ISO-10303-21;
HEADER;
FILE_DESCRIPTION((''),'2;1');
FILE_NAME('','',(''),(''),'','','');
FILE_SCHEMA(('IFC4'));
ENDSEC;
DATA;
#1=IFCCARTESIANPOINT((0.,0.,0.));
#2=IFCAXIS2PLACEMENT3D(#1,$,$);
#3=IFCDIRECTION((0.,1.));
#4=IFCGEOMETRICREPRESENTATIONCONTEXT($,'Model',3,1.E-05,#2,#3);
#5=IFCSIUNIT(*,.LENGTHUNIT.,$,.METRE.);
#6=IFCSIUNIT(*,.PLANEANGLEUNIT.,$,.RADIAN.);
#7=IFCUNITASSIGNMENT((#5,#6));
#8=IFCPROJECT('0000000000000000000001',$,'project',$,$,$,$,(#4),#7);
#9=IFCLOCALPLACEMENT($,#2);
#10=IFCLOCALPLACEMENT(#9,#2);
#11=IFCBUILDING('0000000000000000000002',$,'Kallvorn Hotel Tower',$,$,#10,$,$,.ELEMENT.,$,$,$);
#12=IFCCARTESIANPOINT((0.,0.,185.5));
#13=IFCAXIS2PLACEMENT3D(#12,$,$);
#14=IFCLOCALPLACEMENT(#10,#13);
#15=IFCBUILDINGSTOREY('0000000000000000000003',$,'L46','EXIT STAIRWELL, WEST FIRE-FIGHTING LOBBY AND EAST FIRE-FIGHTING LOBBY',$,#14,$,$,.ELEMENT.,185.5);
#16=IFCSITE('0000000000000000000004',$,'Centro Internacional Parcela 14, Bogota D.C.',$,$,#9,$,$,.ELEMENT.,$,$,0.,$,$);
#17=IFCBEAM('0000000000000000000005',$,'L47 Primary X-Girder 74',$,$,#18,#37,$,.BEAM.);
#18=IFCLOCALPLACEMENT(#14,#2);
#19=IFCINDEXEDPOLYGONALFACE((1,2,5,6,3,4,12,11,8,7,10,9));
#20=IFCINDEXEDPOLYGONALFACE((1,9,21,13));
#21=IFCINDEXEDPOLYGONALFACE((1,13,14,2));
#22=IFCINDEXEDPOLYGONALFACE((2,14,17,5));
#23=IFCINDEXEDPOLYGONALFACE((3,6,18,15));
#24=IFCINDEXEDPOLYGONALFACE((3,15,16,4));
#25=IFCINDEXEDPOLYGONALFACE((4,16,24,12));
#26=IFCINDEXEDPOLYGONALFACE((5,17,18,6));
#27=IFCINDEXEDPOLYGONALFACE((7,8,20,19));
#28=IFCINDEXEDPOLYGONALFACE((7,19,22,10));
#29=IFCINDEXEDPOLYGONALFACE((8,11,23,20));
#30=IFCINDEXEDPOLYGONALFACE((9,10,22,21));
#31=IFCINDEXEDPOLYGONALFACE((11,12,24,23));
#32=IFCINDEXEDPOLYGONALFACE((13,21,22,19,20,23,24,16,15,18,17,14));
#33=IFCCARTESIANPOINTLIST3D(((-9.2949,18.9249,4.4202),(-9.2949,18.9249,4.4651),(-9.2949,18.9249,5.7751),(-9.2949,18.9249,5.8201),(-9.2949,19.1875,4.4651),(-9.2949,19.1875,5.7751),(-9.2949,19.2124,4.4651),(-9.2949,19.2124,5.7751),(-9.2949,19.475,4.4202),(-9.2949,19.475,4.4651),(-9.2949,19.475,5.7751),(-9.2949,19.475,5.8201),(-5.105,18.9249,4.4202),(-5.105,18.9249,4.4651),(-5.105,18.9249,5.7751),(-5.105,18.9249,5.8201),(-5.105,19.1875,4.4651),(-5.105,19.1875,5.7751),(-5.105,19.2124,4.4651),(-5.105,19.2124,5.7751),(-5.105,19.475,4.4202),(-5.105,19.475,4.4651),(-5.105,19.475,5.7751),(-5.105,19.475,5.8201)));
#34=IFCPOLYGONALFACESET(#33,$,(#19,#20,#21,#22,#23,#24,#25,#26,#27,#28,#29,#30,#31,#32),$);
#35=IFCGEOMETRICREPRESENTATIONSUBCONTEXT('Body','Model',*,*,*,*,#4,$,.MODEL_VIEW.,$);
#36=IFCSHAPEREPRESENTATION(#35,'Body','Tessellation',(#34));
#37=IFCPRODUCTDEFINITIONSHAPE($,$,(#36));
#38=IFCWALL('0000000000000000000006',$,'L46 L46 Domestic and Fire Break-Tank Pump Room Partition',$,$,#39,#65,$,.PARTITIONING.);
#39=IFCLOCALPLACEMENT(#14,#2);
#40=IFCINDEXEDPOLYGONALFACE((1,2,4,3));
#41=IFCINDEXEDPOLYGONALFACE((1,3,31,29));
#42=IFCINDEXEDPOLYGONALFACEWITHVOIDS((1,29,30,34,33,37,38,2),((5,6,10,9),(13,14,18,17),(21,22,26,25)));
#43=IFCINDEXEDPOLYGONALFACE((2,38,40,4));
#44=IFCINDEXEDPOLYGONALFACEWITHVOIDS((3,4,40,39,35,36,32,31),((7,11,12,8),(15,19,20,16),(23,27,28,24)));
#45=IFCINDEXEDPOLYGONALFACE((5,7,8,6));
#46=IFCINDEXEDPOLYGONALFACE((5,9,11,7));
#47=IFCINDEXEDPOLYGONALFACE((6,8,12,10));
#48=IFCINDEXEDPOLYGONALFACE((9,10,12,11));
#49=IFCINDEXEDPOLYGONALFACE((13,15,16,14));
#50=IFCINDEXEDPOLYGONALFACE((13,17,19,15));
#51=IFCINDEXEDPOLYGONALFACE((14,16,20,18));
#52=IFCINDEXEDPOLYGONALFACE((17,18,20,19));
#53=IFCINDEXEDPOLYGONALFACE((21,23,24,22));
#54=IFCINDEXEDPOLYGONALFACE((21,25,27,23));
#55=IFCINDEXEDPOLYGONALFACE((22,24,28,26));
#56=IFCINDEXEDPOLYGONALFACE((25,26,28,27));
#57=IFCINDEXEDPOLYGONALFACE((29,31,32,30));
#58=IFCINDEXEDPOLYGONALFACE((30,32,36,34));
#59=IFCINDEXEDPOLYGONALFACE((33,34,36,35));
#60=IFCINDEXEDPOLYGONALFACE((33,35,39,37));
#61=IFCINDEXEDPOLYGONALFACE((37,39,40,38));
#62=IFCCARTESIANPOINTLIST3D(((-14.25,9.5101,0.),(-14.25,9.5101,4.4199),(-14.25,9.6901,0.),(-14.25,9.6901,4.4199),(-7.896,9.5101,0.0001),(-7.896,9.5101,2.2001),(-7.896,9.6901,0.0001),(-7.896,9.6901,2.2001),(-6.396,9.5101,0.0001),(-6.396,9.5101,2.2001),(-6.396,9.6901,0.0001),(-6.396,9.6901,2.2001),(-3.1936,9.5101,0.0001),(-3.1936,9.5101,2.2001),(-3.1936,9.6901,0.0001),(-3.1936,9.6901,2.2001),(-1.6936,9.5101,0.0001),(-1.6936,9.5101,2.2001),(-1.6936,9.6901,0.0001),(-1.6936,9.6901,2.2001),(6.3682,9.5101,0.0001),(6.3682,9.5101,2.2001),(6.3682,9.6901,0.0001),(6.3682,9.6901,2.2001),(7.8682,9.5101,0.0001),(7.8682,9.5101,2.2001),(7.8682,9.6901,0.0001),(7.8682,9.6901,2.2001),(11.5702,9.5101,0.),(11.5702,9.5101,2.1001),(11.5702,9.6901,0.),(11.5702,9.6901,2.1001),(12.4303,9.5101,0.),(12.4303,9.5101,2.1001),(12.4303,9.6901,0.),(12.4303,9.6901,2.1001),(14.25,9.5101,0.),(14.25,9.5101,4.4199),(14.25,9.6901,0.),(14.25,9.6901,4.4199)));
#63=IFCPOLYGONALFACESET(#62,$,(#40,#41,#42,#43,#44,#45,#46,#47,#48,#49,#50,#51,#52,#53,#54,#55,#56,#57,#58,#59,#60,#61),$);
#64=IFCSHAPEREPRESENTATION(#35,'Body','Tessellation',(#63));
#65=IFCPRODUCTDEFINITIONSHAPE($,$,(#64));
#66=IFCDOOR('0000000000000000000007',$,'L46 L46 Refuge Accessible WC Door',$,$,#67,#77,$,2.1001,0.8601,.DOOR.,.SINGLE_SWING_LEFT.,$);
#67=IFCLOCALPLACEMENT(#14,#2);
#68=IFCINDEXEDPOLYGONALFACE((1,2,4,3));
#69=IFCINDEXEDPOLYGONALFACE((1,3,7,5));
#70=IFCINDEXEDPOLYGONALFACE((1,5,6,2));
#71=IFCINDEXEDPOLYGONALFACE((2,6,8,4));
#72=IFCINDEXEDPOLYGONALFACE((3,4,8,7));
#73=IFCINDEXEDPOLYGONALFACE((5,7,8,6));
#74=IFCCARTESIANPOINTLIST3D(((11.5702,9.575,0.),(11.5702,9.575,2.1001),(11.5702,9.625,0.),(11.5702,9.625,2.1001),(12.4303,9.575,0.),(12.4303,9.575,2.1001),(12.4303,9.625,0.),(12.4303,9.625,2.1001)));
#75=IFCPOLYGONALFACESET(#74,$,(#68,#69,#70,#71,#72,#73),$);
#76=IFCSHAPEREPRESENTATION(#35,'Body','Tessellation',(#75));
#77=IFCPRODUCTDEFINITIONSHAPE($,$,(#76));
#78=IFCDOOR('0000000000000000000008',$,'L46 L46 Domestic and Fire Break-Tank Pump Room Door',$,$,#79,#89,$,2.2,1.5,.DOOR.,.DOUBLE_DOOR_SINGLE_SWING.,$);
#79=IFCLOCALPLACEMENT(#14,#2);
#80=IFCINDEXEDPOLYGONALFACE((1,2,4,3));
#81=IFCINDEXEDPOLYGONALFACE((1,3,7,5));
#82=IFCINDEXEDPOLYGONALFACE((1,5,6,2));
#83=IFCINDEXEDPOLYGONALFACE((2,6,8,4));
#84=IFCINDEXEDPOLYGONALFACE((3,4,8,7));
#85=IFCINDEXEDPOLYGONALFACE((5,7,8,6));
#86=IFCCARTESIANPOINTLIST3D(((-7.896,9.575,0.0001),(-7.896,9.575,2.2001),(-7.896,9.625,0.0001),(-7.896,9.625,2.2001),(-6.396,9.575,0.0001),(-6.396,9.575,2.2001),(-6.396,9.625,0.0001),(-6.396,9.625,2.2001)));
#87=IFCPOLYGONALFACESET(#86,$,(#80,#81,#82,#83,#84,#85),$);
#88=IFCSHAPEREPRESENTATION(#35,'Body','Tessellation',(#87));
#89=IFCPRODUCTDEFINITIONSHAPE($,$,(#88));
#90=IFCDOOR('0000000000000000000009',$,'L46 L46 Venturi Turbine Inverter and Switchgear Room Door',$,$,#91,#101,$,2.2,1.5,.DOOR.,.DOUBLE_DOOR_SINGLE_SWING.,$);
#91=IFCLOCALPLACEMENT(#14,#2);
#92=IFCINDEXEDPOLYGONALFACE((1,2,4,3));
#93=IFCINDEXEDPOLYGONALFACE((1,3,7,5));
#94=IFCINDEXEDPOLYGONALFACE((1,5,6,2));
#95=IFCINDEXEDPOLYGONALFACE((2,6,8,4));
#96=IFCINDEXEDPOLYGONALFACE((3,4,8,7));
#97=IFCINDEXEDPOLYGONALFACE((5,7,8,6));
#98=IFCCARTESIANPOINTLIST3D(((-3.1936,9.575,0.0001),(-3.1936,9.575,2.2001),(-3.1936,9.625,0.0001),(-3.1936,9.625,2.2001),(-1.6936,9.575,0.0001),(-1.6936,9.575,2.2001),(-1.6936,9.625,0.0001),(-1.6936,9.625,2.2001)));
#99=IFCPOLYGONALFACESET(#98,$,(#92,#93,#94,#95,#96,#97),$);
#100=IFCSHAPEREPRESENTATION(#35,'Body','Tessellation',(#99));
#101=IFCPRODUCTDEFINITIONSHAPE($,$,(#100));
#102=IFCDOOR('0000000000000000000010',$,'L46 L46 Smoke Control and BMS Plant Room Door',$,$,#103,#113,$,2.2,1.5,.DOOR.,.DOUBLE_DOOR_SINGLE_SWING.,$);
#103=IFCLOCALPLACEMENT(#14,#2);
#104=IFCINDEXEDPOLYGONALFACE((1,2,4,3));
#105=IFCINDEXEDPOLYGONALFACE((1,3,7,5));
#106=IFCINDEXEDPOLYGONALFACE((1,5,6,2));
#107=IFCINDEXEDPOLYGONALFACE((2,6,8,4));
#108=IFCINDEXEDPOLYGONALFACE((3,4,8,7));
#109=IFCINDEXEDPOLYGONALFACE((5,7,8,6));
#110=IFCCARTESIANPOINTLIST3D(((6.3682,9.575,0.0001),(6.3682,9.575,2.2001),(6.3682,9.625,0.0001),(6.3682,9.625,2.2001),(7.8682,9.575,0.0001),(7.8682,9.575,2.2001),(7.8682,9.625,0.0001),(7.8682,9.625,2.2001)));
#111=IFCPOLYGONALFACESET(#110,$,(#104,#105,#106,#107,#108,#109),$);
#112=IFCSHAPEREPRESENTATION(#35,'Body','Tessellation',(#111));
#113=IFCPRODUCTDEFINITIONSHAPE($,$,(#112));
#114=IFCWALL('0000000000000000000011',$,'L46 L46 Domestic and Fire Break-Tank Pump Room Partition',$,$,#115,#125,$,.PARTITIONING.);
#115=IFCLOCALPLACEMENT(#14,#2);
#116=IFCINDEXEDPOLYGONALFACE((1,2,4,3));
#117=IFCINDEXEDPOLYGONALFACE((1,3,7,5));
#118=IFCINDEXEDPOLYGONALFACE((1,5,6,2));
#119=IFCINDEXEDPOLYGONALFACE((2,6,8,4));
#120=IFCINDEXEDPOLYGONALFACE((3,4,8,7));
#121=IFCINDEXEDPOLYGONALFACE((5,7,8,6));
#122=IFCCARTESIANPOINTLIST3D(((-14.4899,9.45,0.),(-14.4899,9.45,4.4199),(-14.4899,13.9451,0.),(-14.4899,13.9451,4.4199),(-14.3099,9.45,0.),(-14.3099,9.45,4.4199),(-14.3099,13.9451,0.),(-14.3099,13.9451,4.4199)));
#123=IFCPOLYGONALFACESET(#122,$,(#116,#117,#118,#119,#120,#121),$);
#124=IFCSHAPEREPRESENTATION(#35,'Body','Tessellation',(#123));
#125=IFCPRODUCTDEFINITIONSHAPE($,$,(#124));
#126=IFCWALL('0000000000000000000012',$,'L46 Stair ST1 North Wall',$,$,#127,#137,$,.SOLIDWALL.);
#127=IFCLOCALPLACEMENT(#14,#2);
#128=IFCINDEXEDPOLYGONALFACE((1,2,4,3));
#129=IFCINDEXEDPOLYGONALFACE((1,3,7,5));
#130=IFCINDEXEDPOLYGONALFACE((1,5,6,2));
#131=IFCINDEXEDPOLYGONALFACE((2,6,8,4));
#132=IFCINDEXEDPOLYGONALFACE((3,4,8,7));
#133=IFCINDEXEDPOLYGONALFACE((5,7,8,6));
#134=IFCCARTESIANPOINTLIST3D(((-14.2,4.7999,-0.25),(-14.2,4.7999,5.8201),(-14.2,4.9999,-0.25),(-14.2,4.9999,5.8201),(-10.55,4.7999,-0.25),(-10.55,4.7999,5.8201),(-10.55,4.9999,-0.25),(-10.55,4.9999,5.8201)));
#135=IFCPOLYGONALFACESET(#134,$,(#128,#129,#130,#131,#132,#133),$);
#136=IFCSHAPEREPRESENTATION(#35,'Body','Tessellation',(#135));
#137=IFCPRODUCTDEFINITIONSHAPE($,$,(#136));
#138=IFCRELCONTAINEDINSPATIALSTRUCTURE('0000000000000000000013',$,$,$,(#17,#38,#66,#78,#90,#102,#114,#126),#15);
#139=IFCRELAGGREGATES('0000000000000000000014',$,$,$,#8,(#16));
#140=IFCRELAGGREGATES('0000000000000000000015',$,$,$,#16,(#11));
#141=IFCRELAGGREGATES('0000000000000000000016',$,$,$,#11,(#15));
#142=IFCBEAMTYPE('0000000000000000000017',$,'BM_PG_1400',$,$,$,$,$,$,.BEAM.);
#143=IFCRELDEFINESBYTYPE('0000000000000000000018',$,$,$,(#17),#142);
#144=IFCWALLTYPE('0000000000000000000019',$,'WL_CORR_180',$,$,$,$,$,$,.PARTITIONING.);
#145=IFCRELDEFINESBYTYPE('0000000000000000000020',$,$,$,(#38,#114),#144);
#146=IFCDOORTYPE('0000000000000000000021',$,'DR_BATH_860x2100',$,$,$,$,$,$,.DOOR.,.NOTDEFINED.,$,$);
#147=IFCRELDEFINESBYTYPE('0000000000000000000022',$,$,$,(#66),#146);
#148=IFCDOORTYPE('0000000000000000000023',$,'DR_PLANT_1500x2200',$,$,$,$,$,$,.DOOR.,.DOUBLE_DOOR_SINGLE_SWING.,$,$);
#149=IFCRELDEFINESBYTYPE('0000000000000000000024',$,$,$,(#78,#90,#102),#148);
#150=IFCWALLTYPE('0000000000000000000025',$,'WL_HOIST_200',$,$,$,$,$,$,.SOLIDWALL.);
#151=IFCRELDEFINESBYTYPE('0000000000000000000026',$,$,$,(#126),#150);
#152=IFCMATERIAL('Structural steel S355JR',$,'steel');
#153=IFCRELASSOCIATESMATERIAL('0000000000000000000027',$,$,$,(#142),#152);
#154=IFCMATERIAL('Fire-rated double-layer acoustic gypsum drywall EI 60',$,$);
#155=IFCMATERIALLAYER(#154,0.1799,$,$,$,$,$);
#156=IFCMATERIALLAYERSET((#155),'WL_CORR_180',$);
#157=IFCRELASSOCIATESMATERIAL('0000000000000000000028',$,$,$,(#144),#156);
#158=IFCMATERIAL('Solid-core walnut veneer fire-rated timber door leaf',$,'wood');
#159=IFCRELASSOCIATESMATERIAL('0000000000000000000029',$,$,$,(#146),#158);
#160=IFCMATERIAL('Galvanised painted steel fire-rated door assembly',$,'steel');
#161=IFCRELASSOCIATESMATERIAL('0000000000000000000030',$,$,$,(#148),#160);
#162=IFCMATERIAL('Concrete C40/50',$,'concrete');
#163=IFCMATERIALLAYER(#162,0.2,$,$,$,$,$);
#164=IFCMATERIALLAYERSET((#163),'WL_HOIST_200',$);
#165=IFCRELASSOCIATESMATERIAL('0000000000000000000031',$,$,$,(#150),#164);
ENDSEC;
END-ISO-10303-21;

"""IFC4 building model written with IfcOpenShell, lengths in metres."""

from ifc_helpers import new_model, si_unit, direction, frame, frame_2d, origin, origin_2d, place, context, subcontext, project, spatial, rectangle, i_section, extrude, material, layer, layer_set, material_profile, profile_set, type_object, element, fill, save


model = new_model("IFC4")

# Units and contexts
model_context = context("Model", 3, precision=1e-05, world=origin(), true_north=direction((0.0, 1.0)))
body_context = subcontext(model_context, "Body", "Model", "MODEL_VIEW")
ifc_project = project(units=[si_unit("LENGTHUNIT", "METRE"), si_unit("PLANEANGLEUNIT", "RADIAN")], contexts=[model_context])

# Site, building, storey
site_placement = place(None, origin())
site = spatial("IfcSite", under=ifc_project, at=site_placement, Name="Centro Internacional Parcela 14, Bogota D.C.", CompositionType="ELEMENT", RefElevation=0.0)
building_placement = place(site_placement, origin())
building = spatial("IfcBuilding", under=site, at=building_placement, Name="Kallvorn Hotel Tower", CompositionType="ELEMENT")
storey_placement = place(building_placement, frame((0.0, 0.0, 185.5)))
storey = spatial("IfcBuildingStorey", under=building, at=storey_placement, Name="L46", Description="EXIT STAIRWELL, WEST FIRE-FIGHTING LOBBY AND EAST FIRE-FIGHTING LOBBY", CompositionType="ELEMENT", Elevation=185.5)

# Beam
ifc_material_1 = material(Name="Structural steel S355JR", Category="steel")
ifc_material_profile_1 = material_profile(ifc_material_1, i_section(OverallWidth=0.55, OverallDepth=1.3999, WebThickness=0.0249, FlangeThickness=0.0449, at=origin_2d()), Name="PG 1400x550x25x45")
ifc_profile_set_1 = profile_set([ifc_material_profile_1], Name="Structural steel S355JR")
beam_type_1 = type_object("IfcBeamType", Name="BM_PG_1400", PredefinedType="BEAM", material=ifc_profile_set_1)
for number, where, z_axis, x_axis, name in (
    (1, (-9.2949, 19.2, 5.1201), (1.0, 0.0, 0.0), (0.0, 1.0, 0.0), "L47 Primary X-Girder 74"),
):
    element("IfcBeam", number, at=place(storey_placement, frame(where, z_axis=z_axis, x_axis=x_axis)), inside=storey, type_object=beam_type_1, Name=name, PredefinedType="BEAM", context=body_context, shape_type="SweptSolid", body=[
        extrude(i_section(OverallWidth=0.55, OverallDepth=1.3999, WebThickness=0.0249, FlangeThickness=0.0449, at=origin_2d()), origin(), (0.0, 0.0, 1.0), 4.1899),
    ])

# Wall, openings, doors
ifc_material_2 = material(Name="Fire-rated double-layer acoustic gypsum drywall EI 60")
ifc_layer_1 = layer(ifc_material_2, 0.1799)
ifc_layer_set_1 = layer_set([ifc_layer_1], Name="WL_CORR_180")
wall_type_1 = type_object("IfcWallType", Name="WL_CORR_180", PredefinedType="PARTITIONING", material=ifc_layer_set_1)
wall_1_placement = place(storey_placement, frame((-14.25, 9.6001, 0.0), z_axis=(0.0, 0.0, 1.0), x_axis=(1.0, 0.0, 0.0)))
wall_1 = element("IfcWall", 2, at=wall_1_placement, inside=storey, type_object=wall_type_1, Name="L46 L46 Domestic and Fire Break-Tank Pump Room Partition", PredefinedType="PARTITIONING", context=body_context, shape_type="SweptSolid", body=[
    extrude(rectangle(XDim=28.5, YDim=0.1799, at=frame_2d((14.25, 0.0))), origin(), (0.0, 0.0, 1.0), 4.4199),
])
opening_1_placement = place(wall_1_placement, frame((6.354, 0.0, 0.0)))
opening_1 = element("IfcOpeningElement", 3, at=opening_1_placement, cuts=wall_1, PredefinedType="OPENING", context=body_context, shape_type="SweptSolid", body=[
    extrude(rectangle(XDim=1.5, YDim=2.2, at=frame_2d((0.75, 1.1001))), frame((0.0, 0.1047, 0.0), z_axis=(0.0, -1.0, 0.0), x_axis=(1.0, 0.0, 0.0)), (0.0, 0.0, 1.0), 0.21),
])
opening_2_placement = place(wall_1_placement, frame((11.0564, 0.0, 0.0)))
opening_2 = element("IfcOpeningElement", 4, at=opening_2_placement, cuts=wall_1, PredefinedType="OPENING", context=body_context, shape_type="SweptSolid", body=[
    extrude(rectangle(XDim=1.5, YDim=2.2, at=frame_2d((0.75, 1.1001))), frame((0.0, 0.1047, 0.0), z_axis=(0.0, -1.0, 0.0), x_axis=(1.0, 0.0, 0.0)), (0.0, 0.0, 1.0), 0.21),
])
opening_3_placement = place(wall_1_placement, frame((20.6182, 0.0, 0.0)))
opening_3 = element("IfcOpeningElement", 5, at=opening_3_placement, cuts=wall_1, PredefinedType="OPENING", context=body_context, shape_type="SweptSolid", body=[
    extrude(rectangle(XDim=1.5, YDim=2.2, at=frame_2d((0.75, 1.1001))), frame((0.0, 0.1047, 0.0), z_axis=(0.0, -1.0, 0.0), x_axis=(1.0, 0.0, 0.0)), (0.0, 0.0, 1.0), 0.21),
])
opening_4_placement = place(wall_1_placement, frame((25.8201, 0.0, 0.0)))
opening_4 = element("IfcOpeningElement", 6, at=opening_4_placement, cuts=wall_1, PredefinedType="OPENING", context=body_context, shape_type="SweptSolid", body=[
    extrude(rectangle(XDim=0.8601, YDim=2.1001, at=frame_2d((0.4302, 1.05))), frame((0.0, 0.1047, 0.0), z_axis=(0.0, -1.0, 0.0), x_axis=(1.0, 0.0, 0.0)), (0.0, 0.0, 1.0), 0.21),
])
ifc_material_3 = material(Name="Solid-core walnut veneer fire-rated timber door leaf", Category="wood")
door_type_1 = type_object("IfcDoorType", Name="DR_BATH_860x2100", OperationType="NOTDEFINED", PredefinedType="DOOR", material=ifc_material_3)
door_1_placement = place(opening_4_placement, origin())
door_1 = element("IfcDoor", 7, at=door_1_placement, inside=storey, type_object=door_type_1, Name="L46 L46 Refuge Accessible WC Door", OperationType="SINGLE_SWING_LEFT", OverallHeight=2.1001, OverallWidth=0.8601, PredefinedType="DOOR", context=body_context, shape_type="SweptSolid", body=[
    extrude(rectangle(XDim=0.8601, YDim=2.1001, at=frame_2d((0.4302, 1.05))), frame((0.0, 0.0249, 0.0), z_axis=(0.0, -1.0, 0.0), x_axis=(1.0, 0.0, 0.0)), (0.0, 0.0, 1.0), 0.05),
])
fill(opening_4, door_1)
ifc_material_4 = material(Name="Galvanised painted steel fire-rated door assembly", Category="steel")
door_type_2 = type_object("IfcDoorType", Name="DR_PLANT_1500x2200", OperationType="DOUBLE_DOOR_SINGLE_SWING", PredefinedType="DOOR", material=ifc_material_4)
door_2_placement = place(opening_1_placement, origin())
door_2 = element("IfcDoor", 8, at=door_2_placement, inside=storey, type_object=door_type_2, Name="L46 L46 Domestic and Fire Break-Tank Pump Room Door", OperationType="DOUBLE_DOOR_SINGLE_SWING", OverallHeight=2.2, OverallWidth=1.5, PredefinedType="DOOR", context=body_context, shape_type="SweptSolid", body=[
    extrude(rectangle(XDim=1.5, YDim=2.2, at=frame_2d((0.75, 1.1001))), frame((0.0, 0.0249, 0.0), z_axis=(0.0, -1.0, 0.0), x_axis=(1.0, 0.0, 0.0)), (0.0, 0.0, 1.0), 0.05),
])
fill(opening_1, door_2)
door_3_placement = place(opening_2_placement, origin())
door_3 = element("IfcDoor", 9, at=door_3_placement, inside=storey, type_object=door_type_2, Name="L46 L46 Venturi Turbine Inverter and Switchgear Room Door", OperationType="DOUBLE_DOOR_SINGLE_SWING", OverallHeight=2.2, OverallWidth=1.5, PredefinedType="DOOR", context=body_context, shape_type="SweptSolid", body=[
    extrude(rectangle(XDim=1.5, YDim=2.2, at=frame_2d((0.75, 1.1001))), frame((0.0, 0.0249, 0.0), z_axis=(0.0, -1.0, 0.0), x_axis=(1.0, 0.0, 0.0)), (0.0, 0.0, 1.0), 0.05),
])
fill(opening_2, door_3)
door_4_placement = place(opening_3_placement, origin())
door_4 = element("IfcDoor", 10, at=door_4_placement, inside=storey, type_object=door_type_2, Name="L46 L46 Smoke Control and BMS Plant Room Door", OperationType="DOUBLE_DOOR_SINGLE_SWING", OverallHeight=2.2, OverallWidth=1.5, PredefinedType="DOOR", context=body_context, shape_type="SweptSolid", body=[
    extrude(rectangle(XDim=1.5, YDim=2.2, at=frame_2d((0.75, 1.1001))), frame((0.0, 0.0249, 0.0), z_axis=(0.0, -1.0, 0.0), x_axis=(1.0, 0.0, 0.0)), (0.0, 0.0, 1.0), 0.05),
])
fill(opening_3, door_4)

# Walls
wall_2_placement = place(storey_placement, frame((-14.3999, 9.45, 0.0), z_axis=(0.0, 0.0, 1.0), x_axis=(0.0, 1.0, 0.0)))
element("IfcWall", 11, at=wall_2_placement, inside=storey, type_object=wall_type_1, Name="L46 L46 Domestic and Fire Break-Tank Pump Room Partition", PredefinedType="PARTITIONING", context=body_context, shape_type="SweptSolid", body=[
    extrude(rectangle(XDim=4.4951, YDim=0.1799, at=frame_2d((2.2476, 0.0))), origin(), (0.0, 0.0, 1.0), 4.4199),
])
ifc_material_5 = material(Name="Concrete C40/50", Category="concrete")
ifc_layer_2 = layer(ifc_material_5, 0.2)
ifc_layer_set_2 = layer_set([ifc_layer_2], Name="WL_HOIST_200")
wall_type_2 = type_object("IfcWallType", Name="WL_HOIST_200", PredefinedType="SOLIDWALL", material=ifc_layer_set_2)
wall_3_placement = place(storey_placement, frame((-14.2, 4.8999, -0.25), z_axis=(0.0, 0.0, 1.0), x_axis=(1.0, 0.0, 0.0)))
element("IfcWall", 12, at=wall_3_placement, inside=storey, type_object=wall_type_2, Name="L46 Stair ST1 North Wall", PredefinedType="SOLIDWALL", context=body_context, shape_type="SweptSolid", body=[
    extrude(rectangle(XDim=3.6499, YDim=0.2, at=frame_2d((1.825, 0.0))), origin(), (0.0, 0.0, 1.0), 6.0701),
])

save(model, "model.ifc")
